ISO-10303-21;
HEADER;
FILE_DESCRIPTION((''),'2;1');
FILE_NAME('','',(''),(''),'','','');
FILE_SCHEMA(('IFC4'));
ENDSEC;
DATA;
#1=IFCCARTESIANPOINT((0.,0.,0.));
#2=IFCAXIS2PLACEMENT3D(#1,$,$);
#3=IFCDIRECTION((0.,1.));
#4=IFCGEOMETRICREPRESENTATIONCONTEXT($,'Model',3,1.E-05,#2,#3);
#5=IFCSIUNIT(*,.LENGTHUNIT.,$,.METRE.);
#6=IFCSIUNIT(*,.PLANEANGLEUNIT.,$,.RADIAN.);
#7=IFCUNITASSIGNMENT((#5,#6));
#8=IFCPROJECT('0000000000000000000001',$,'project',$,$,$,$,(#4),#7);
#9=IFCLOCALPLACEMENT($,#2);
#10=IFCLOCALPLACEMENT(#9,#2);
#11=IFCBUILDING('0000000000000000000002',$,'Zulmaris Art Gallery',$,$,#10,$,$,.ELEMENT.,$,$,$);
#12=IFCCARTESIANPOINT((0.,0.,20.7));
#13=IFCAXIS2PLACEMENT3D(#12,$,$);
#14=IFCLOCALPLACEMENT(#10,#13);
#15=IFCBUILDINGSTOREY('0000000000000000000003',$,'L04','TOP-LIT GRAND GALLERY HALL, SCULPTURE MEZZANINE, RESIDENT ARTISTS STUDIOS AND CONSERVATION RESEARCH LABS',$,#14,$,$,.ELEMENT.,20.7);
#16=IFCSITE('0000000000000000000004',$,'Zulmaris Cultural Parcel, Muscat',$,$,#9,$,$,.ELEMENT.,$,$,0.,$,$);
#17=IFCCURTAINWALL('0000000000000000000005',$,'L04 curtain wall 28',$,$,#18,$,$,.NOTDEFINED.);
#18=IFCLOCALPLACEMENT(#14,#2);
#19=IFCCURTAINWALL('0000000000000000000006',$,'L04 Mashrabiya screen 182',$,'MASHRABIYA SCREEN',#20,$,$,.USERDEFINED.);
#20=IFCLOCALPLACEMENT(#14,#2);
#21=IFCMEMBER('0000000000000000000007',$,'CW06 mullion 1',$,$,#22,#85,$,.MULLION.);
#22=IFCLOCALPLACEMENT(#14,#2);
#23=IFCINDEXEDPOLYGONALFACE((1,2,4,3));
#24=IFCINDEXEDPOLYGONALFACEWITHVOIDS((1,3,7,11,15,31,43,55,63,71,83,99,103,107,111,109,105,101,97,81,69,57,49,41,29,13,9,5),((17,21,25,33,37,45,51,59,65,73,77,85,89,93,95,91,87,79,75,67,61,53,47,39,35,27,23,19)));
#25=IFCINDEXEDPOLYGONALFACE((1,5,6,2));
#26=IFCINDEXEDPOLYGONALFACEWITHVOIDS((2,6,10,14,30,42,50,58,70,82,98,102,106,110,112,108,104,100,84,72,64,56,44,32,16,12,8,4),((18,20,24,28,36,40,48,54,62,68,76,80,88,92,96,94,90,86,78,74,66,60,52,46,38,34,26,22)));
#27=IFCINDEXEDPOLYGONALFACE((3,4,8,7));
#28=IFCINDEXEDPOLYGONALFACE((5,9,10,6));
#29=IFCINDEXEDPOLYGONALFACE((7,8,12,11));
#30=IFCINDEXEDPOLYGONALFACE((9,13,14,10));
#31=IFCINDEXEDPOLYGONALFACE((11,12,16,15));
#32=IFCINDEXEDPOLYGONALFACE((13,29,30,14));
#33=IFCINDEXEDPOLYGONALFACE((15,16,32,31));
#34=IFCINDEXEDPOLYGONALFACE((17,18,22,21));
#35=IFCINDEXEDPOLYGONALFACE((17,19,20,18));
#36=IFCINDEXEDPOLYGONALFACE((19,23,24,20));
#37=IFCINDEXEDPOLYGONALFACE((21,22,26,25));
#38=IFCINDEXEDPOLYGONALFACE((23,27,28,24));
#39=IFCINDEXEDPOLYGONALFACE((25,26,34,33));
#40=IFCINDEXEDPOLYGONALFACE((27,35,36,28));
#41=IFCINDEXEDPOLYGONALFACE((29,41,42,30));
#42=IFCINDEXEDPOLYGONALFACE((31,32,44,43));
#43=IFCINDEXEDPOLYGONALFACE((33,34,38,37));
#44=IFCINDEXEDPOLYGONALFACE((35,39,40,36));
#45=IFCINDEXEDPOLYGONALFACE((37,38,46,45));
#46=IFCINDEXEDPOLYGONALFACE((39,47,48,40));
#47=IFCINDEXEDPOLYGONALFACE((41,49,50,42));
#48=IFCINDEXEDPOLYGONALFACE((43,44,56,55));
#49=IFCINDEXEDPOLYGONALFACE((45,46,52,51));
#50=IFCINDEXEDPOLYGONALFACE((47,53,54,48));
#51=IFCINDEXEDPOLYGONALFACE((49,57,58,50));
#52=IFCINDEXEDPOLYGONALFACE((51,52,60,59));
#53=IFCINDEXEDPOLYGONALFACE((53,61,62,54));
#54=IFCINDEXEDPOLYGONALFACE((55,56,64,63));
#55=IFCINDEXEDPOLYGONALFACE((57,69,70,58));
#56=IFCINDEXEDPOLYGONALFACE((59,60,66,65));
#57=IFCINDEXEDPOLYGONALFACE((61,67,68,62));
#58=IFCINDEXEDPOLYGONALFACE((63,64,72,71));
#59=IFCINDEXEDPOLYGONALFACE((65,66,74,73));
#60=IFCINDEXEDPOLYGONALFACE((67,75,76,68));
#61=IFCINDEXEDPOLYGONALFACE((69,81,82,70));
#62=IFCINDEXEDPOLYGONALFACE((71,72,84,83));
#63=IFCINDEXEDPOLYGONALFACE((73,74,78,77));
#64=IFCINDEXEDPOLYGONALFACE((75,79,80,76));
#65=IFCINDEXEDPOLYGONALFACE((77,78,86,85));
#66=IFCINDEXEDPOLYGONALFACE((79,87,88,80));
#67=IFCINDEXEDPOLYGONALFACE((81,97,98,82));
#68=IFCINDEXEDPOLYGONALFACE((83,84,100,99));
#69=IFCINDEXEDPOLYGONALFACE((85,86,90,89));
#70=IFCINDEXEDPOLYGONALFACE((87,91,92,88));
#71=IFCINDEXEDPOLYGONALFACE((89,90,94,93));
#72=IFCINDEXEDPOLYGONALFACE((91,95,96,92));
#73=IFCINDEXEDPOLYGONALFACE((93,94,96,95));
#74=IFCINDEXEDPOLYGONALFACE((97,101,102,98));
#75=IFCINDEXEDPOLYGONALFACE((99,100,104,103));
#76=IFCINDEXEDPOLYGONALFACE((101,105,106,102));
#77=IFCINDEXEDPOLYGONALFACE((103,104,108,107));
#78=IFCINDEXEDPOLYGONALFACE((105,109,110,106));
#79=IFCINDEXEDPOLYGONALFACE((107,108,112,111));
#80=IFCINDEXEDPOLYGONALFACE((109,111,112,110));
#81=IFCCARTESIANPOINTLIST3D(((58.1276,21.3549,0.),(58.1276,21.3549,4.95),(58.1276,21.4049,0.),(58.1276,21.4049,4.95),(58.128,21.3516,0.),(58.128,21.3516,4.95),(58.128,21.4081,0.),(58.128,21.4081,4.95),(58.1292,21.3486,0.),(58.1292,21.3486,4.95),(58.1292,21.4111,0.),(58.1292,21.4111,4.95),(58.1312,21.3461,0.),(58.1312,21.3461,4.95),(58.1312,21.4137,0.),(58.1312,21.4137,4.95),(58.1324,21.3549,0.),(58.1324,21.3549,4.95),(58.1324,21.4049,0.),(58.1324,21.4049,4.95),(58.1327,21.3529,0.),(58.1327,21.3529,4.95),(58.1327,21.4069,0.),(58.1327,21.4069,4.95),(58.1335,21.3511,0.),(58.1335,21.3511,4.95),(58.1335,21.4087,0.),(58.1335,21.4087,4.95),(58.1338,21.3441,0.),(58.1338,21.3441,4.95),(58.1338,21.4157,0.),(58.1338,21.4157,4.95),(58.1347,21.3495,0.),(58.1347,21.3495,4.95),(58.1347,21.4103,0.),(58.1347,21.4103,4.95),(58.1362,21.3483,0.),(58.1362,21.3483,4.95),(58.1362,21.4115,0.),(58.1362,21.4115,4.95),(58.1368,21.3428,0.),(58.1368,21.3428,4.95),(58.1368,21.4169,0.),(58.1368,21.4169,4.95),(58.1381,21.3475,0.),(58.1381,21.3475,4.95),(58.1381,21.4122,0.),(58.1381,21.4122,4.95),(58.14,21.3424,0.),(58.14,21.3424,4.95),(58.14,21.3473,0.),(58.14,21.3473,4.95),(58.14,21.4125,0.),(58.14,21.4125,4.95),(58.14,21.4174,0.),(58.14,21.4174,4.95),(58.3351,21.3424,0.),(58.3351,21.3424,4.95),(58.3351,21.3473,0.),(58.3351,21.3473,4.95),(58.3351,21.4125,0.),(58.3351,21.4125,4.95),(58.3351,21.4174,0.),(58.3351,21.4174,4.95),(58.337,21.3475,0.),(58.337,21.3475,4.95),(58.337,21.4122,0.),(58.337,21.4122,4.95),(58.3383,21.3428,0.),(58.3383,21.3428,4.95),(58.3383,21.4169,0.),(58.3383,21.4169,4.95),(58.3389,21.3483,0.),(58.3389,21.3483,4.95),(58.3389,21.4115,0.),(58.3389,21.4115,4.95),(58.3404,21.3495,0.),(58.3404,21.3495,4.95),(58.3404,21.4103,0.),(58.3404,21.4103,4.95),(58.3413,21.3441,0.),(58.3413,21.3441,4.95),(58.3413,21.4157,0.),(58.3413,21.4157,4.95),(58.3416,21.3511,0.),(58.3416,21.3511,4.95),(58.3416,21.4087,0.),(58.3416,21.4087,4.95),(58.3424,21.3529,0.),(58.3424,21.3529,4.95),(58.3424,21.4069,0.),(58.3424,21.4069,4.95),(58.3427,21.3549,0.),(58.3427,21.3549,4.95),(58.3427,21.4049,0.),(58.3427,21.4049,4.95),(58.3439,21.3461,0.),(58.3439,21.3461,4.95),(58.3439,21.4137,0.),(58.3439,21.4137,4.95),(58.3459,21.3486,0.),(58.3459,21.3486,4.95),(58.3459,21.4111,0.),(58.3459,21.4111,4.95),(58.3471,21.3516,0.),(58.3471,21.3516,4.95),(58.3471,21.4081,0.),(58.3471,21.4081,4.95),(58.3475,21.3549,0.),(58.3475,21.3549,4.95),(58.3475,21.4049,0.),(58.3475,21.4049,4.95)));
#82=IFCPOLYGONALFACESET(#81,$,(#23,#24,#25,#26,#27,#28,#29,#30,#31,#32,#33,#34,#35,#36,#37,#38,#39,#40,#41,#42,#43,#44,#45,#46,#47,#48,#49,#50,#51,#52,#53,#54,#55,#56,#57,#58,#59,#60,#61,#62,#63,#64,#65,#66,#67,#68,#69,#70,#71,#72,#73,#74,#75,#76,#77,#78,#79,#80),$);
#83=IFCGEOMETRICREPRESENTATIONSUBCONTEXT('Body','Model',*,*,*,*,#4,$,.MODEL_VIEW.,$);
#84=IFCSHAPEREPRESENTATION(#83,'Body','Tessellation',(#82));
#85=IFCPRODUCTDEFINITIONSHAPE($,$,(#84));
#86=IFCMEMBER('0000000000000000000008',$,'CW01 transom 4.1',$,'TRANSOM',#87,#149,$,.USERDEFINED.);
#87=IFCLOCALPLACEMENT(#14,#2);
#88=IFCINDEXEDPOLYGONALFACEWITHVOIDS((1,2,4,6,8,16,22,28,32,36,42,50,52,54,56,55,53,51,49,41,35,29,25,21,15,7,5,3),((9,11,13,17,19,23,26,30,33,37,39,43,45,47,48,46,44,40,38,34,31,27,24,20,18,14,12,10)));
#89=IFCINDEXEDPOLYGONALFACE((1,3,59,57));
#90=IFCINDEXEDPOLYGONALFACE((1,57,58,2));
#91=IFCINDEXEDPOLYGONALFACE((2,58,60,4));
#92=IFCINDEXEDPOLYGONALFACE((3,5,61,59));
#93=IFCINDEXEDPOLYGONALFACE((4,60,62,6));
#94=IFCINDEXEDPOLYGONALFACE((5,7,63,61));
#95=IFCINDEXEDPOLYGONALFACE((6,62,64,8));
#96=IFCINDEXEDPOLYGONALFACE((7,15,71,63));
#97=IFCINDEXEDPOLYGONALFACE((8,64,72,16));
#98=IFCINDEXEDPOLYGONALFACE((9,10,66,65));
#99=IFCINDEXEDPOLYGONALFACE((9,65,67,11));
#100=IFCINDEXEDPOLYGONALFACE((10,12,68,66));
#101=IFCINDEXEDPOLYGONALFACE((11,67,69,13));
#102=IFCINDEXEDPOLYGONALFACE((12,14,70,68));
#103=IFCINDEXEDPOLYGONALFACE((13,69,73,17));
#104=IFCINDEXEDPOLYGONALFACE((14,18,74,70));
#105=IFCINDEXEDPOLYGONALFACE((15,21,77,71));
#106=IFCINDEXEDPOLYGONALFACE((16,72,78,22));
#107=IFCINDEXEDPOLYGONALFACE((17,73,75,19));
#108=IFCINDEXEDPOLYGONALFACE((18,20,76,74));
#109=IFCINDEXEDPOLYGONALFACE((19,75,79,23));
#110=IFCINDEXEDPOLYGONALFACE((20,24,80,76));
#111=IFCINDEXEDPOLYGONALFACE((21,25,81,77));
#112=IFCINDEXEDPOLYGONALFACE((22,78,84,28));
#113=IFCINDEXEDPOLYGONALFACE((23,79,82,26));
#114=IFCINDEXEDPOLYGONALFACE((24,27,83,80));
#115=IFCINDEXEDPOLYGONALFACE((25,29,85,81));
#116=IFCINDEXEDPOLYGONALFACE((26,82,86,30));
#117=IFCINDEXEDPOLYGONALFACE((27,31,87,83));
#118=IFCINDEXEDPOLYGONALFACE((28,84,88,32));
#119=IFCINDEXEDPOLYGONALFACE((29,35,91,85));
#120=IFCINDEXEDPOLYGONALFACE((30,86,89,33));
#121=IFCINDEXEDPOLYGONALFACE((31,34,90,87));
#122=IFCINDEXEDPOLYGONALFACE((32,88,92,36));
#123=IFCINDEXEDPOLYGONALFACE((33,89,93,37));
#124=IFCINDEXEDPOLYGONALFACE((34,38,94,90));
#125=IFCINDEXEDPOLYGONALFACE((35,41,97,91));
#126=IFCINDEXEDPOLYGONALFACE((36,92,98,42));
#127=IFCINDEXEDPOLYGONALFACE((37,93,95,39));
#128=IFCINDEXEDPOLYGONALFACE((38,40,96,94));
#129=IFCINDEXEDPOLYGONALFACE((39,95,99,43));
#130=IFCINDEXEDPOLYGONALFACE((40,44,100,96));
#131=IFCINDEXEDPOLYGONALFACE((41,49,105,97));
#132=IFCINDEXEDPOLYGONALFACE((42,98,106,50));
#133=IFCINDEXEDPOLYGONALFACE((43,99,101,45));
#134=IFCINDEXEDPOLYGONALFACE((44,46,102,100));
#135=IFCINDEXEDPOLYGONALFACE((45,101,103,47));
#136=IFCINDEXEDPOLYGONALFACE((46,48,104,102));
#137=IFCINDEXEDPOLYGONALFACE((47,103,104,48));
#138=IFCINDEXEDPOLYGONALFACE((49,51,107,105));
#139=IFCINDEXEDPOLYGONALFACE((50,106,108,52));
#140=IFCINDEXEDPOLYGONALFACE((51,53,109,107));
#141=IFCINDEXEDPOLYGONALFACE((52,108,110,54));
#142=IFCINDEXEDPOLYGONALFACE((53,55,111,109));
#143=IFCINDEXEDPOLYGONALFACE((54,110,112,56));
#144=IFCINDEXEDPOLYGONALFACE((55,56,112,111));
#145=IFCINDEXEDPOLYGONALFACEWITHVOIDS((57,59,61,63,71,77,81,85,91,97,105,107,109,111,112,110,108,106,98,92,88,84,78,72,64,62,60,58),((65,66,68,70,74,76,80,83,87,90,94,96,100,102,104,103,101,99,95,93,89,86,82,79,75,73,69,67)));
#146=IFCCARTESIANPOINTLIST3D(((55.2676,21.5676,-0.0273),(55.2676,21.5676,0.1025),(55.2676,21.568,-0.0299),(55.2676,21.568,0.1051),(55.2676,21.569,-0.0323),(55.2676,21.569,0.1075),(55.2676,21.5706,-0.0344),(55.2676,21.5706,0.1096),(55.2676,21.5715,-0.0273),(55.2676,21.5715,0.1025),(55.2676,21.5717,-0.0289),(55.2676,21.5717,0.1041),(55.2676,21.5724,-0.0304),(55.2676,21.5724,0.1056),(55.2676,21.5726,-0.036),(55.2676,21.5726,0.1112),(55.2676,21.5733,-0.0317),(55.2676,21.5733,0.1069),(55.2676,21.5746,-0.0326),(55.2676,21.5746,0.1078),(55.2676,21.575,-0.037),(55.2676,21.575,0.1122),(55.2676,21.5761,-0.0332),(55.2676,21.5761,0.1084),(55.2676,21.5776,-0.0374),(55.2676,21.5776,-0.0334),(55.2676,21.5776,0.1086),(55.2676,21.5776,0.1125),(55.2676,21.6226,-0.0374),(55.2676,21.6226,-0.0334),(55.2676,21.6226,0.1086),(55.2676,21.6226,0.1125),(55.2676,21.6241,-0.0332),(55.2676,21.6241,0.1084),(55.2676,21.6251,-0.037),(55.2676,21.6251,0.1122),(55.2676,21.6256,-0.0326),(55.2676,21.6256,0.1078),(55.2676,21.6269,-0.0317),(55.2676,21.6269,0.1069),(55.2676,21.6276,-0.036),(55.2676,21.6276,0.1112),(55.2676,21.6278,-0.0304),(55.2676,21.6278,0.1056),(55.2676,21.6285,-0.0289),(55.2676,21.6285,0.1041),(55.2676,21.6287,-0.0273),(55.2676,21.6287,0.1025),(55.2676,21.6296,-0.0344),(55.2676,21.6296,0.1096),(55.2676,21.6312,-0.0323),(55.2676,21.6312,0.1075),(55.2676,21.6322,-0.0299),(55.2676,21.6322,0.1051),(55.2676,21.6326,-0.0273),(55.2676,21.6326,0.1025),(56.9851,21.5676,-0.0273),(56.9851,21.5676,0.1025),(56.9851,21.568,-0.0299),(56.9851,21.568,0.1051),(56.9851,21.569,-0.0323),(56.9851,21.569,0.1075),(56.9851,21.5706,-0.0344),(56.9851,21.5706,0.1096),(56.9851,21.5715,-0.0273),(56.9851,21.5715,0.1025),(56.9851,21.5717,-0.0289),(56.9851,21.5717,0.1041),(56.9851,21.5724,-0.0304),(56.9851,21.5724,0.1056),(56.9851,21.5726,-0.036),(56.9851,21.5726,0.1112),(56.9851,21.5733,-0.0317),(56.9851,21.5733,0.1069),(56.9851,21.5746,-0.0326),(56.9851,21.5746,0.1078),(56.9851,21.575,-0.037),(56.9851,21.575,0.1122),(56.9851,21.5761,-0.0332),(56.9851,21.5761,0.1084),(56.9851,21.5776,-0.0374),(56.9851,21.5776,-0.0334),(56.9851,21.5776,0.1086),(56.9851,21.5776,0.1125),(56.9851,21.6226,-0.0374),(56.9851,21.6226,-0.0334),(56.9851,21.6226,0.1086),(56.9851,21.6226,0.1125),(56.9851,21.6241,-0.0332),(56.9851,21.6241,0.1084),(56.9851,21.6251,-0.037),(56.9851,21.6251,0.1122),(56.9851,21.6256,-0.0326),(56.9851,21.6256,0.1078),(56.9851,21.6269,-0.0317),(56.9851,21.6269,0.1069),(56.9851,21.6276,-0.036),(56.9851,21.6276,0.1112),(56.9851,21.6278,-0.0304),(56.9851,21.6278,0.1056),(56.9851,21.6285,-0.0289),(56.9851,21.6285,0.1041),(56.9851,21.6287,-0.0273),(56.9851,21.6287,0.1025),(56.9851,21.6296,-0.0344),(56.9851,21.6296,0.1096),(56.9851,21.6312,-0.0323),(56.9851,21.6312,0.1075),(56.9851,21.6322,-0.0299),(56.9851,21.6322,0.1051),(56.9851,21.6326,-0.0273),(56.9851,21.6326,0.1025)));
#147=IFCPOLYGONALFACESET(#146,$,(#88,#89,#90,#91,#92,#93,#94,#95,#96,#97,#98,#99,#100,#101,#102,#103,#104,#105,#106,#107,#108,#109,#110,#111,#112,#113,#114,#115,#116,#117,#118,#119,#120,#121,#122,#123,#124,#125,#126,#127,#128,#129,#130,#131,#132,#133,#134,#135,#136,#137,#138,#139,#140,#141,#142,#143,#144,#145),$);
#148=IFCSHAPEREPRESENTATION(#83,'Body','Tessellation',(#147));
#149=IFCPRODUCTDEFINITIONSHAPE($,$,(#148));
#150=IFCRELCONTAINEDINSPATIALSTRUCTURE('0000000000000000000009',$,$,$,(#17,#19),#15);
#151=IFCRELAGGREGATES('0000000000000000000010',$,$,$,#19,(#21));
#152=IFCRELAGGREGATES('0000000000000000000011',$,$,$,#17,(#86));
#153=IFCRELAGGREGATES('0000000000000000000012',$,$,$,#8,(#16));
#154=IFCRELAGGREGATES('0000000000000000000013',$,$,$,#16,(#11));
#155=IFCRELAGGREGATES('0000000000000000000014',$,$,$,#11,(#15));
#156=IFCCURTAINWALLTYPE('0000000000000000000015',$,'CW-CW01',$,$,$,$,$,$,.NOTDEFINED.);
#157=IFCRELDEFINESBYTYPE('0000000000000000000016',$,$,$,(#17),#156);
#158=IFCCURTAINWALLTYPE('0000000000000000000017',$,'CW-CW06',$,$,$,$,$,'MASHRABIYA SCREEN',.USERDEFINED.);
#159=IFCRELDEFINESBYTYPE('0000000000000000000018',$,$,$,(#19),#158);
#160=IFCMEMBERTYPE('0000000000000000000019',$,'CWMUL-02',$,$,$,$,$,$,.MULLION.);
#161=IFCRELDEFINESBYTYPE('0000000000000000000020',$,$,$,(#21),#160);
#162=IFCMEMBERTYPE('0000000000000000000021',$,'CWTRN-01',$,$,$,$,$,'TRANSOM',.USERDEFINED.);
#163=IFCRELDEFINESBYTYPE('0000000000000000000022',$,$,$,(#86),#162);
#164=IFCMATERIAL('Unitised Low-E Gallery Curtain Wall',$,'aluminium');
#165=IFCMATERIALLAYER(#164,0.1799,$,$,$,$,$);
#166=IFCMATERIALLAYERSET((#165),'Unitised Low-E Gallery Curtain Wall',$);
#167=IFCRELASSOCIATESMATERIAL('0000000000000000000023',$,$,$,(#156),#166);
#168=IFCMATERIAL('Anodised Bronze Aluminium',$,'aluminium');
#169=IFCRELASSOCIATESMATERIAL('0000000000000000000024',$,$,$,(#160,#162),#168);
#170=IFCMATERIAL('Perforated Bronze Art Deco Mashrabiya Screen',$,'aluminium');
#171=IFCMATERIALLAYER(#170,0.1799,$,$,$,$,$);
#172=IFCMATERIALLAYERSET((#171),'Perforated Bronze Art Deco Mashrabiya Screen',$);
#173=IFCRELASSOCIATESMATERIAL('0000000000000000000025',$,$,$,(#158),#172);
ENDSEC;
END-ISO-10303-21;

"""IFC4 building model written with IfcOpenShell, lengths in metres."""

from ifc_helpers import new_model, si_unit, direction, frame, origin, origin_2d, place, context, subcontext, project, spatial, hollow_rectangle, extrude, material, layer, layer_set, material_profile, profile_set, type_object, element, aggregate, save


model = new_model("IFC4")

# Units and contexts
model_context = context("Model", 3, precision=1e-05, world=origin(), true_north=direction((0.0, 1.0)))
body_context = subcontext(model_context, "Body", "Model", "MODEL_VIEW")
ifc_project = project(units=[si_unit("LENGTHUNIT", "METRE"), si_unit("PLANEANGLEUNIT", "RADIAN")], contexts=[model_context])

# Site, building, storey
site_placement = place(None, origin())
site = spatial("IfcSite", under=ifc_project, at=site_placement, Name="Zulmaris Cultural Parcel, Muscat", CompositionType="ELEMENT", RefElevation=0.0)
building_placement = place(site_placement, origin())
building = spatial("IfcBuilding", under=site, at=building_placement, Name="Zulmaris Art Gallery", CompositionType="ELEMENT")
storey_placement = place(building_placement, frame((0.0, 0.0, 20.7)))
storey = spatial("IfcBuildingStorey", under=building, at=storey_placement, Name="L04", Description="TOP-LIT GRAND GALLERY HALL, SCULPTURE MEZZANINE, RESIDENT ARTISTS STUDIOS AND CONSERVATION RESEARCH LABS", CompositionType="ELEMENT", Elevation=20.7)

# Curtain wall
ifc_material_1 = material(Name="Unitised Low-E Gallery Curtain Wall", Category="aluminium")
ifc_layer_1 = layer(ifc_material_1, 0.1799)
ifc_layer_set_1 = layer_set([ifc_layer_1], Name="Unitised Low-E Gallery Curtain Wall")
curtain_wall_type_1 = type_object("IfcCurtainWallType", Name="CW-CW01", PredefinedType="NOTDEFINED", material=ifc_layer_set_1)
curtain_wall_1_placement = place(storey_placement, origin())
curtain_wall_1 = element("IfcCurtainWall", 1, at=curtain_wall_1_placement, inside=storey, type_object=curtain_wall_type_1, Name="L04 curtain wall 28", PredefinedType="NOTDEFINED")
ifc_material_2 = material(Name="Anodised Bronze Aluminium", Category="aluminium")
ifc_material_profile_1 = material_profile(ifc_material_2, hollow_rectangle(XDim=0.075, YDim=0.22, WallThickness=0.0049, InnerFilletRadius=0.0076, OuterFilletRadius=0.0125, at=origin_2d()), Name="ALU 75x220x5")
ifc_profile_set_1 = profile_set([ifc_material_profile_1], Name="Anodised Bronze Aluminium")
member_type_1 = type_object("IfcMemberType", Name="CWMUL-02", PredefinedType="MULLION", material=ifc_profile_set_1)

# Shared definitions
ifc_material_3 = material(Name="Perforated Bronze Art Deco Mashrabiya Screen", Category="aluminium")
ifc_layer_2 = layer(ifc_material_3, 0.1799)
ifc_layer_set_2 = layer_set([ifc_layer_2], Name="Perforated Bronze Art Deco Mashrabiya Screen")
curtain_wall_type_2 = type_object("IfcCurtainWallType", Name="CW-CW06", ElementType="MASHRABIYA SCREEN", PredefinedType="USERDEFINED", material=ifc_layer_set_2)

# Curtain wall, member
curtain_wall_2_placement = place(storey_placement, origin())
curtain_wall_2 = element("IfcCurtainWall", 2, at=curtain_wall_2_placement, inside=storey, type_object=curtain_wall_type_2, Name="L04 Mashrabiya screen 182", ObjectType="MASHRABIYA SCREEN", PredefinedType="USERDEFINED")
member_1_placement = place(storey_placement, frame((58.2375, 21.3799, 0.0), z_axis=(0.0, 0.0, 1.0), x_axis=(0.0, 1.0, 0.0)))
member_1 = element("IfcMember", 3, at=member_1_placement, type_object=member_type_1, Name="CW06 mullion 1", PredefinedType="MULLION", context=body_context, shape_type="SweptSolid", body=[
    extrude(hollow_rectangle(XDim=0.075, YDim=0.22, WallThickness=0.0049, InnerFilletRadius=0.0076, OuterFilletRadius=0.0125, at=origin_2d()), origin(), (0.0, 0.0, 1.0), 4.95),
])
aggregate(curtain_wall_2, [member_1])

# Member
ifc_material_profile_2 = material_profile(ifc_material_2, hollow_rectangle(XDim=0.0649, YDim=0.1499, WallThickness=0.0039, InnerFilletRadius=0.0061, OuterFilletRadius=0.01, at=origin_2d()), Name="ALU 65x150x4")
ifc_profile_set_2 = profile_set([ifc_material_profile_2], Name="Anodised Bronze Aluminium")
member_type_2 = type_object("IfcMemberType", Name="CWTRN-01", ElementType="TRANSOM", PredefinedType="USERDEFINED", material=ifc_profile_set_2)
member_2_placement = place(storey_placement, frame((55.2676, 21.6001, 0.0376), z_axis=(1.0, 0.0, 0.0), x_axis=(0.0, 1.0, 0.0)))
member_2 = element("IfcMember", 4, at=member_2_placement, type_object=member_type_2, Name="CW01 transom 4.1", ObjectType="TRANSOM", PredefinedType="USERDEFINED", context=body_context, shape_type="SweptSolid", body=[
    extrude(hollow_rectangle(XDim=0.0649, YDim=0.1499, WallThickness=0.0039, InnerFilletRadius=0.0061, OuterFilletRadius=0.01, at=origin_2d()), origin(), (0.0, 0.0, 1.0), 1.7175),
])

aggregate(curtain_wall_1, [member_2])

save(model, "model.ifc")
